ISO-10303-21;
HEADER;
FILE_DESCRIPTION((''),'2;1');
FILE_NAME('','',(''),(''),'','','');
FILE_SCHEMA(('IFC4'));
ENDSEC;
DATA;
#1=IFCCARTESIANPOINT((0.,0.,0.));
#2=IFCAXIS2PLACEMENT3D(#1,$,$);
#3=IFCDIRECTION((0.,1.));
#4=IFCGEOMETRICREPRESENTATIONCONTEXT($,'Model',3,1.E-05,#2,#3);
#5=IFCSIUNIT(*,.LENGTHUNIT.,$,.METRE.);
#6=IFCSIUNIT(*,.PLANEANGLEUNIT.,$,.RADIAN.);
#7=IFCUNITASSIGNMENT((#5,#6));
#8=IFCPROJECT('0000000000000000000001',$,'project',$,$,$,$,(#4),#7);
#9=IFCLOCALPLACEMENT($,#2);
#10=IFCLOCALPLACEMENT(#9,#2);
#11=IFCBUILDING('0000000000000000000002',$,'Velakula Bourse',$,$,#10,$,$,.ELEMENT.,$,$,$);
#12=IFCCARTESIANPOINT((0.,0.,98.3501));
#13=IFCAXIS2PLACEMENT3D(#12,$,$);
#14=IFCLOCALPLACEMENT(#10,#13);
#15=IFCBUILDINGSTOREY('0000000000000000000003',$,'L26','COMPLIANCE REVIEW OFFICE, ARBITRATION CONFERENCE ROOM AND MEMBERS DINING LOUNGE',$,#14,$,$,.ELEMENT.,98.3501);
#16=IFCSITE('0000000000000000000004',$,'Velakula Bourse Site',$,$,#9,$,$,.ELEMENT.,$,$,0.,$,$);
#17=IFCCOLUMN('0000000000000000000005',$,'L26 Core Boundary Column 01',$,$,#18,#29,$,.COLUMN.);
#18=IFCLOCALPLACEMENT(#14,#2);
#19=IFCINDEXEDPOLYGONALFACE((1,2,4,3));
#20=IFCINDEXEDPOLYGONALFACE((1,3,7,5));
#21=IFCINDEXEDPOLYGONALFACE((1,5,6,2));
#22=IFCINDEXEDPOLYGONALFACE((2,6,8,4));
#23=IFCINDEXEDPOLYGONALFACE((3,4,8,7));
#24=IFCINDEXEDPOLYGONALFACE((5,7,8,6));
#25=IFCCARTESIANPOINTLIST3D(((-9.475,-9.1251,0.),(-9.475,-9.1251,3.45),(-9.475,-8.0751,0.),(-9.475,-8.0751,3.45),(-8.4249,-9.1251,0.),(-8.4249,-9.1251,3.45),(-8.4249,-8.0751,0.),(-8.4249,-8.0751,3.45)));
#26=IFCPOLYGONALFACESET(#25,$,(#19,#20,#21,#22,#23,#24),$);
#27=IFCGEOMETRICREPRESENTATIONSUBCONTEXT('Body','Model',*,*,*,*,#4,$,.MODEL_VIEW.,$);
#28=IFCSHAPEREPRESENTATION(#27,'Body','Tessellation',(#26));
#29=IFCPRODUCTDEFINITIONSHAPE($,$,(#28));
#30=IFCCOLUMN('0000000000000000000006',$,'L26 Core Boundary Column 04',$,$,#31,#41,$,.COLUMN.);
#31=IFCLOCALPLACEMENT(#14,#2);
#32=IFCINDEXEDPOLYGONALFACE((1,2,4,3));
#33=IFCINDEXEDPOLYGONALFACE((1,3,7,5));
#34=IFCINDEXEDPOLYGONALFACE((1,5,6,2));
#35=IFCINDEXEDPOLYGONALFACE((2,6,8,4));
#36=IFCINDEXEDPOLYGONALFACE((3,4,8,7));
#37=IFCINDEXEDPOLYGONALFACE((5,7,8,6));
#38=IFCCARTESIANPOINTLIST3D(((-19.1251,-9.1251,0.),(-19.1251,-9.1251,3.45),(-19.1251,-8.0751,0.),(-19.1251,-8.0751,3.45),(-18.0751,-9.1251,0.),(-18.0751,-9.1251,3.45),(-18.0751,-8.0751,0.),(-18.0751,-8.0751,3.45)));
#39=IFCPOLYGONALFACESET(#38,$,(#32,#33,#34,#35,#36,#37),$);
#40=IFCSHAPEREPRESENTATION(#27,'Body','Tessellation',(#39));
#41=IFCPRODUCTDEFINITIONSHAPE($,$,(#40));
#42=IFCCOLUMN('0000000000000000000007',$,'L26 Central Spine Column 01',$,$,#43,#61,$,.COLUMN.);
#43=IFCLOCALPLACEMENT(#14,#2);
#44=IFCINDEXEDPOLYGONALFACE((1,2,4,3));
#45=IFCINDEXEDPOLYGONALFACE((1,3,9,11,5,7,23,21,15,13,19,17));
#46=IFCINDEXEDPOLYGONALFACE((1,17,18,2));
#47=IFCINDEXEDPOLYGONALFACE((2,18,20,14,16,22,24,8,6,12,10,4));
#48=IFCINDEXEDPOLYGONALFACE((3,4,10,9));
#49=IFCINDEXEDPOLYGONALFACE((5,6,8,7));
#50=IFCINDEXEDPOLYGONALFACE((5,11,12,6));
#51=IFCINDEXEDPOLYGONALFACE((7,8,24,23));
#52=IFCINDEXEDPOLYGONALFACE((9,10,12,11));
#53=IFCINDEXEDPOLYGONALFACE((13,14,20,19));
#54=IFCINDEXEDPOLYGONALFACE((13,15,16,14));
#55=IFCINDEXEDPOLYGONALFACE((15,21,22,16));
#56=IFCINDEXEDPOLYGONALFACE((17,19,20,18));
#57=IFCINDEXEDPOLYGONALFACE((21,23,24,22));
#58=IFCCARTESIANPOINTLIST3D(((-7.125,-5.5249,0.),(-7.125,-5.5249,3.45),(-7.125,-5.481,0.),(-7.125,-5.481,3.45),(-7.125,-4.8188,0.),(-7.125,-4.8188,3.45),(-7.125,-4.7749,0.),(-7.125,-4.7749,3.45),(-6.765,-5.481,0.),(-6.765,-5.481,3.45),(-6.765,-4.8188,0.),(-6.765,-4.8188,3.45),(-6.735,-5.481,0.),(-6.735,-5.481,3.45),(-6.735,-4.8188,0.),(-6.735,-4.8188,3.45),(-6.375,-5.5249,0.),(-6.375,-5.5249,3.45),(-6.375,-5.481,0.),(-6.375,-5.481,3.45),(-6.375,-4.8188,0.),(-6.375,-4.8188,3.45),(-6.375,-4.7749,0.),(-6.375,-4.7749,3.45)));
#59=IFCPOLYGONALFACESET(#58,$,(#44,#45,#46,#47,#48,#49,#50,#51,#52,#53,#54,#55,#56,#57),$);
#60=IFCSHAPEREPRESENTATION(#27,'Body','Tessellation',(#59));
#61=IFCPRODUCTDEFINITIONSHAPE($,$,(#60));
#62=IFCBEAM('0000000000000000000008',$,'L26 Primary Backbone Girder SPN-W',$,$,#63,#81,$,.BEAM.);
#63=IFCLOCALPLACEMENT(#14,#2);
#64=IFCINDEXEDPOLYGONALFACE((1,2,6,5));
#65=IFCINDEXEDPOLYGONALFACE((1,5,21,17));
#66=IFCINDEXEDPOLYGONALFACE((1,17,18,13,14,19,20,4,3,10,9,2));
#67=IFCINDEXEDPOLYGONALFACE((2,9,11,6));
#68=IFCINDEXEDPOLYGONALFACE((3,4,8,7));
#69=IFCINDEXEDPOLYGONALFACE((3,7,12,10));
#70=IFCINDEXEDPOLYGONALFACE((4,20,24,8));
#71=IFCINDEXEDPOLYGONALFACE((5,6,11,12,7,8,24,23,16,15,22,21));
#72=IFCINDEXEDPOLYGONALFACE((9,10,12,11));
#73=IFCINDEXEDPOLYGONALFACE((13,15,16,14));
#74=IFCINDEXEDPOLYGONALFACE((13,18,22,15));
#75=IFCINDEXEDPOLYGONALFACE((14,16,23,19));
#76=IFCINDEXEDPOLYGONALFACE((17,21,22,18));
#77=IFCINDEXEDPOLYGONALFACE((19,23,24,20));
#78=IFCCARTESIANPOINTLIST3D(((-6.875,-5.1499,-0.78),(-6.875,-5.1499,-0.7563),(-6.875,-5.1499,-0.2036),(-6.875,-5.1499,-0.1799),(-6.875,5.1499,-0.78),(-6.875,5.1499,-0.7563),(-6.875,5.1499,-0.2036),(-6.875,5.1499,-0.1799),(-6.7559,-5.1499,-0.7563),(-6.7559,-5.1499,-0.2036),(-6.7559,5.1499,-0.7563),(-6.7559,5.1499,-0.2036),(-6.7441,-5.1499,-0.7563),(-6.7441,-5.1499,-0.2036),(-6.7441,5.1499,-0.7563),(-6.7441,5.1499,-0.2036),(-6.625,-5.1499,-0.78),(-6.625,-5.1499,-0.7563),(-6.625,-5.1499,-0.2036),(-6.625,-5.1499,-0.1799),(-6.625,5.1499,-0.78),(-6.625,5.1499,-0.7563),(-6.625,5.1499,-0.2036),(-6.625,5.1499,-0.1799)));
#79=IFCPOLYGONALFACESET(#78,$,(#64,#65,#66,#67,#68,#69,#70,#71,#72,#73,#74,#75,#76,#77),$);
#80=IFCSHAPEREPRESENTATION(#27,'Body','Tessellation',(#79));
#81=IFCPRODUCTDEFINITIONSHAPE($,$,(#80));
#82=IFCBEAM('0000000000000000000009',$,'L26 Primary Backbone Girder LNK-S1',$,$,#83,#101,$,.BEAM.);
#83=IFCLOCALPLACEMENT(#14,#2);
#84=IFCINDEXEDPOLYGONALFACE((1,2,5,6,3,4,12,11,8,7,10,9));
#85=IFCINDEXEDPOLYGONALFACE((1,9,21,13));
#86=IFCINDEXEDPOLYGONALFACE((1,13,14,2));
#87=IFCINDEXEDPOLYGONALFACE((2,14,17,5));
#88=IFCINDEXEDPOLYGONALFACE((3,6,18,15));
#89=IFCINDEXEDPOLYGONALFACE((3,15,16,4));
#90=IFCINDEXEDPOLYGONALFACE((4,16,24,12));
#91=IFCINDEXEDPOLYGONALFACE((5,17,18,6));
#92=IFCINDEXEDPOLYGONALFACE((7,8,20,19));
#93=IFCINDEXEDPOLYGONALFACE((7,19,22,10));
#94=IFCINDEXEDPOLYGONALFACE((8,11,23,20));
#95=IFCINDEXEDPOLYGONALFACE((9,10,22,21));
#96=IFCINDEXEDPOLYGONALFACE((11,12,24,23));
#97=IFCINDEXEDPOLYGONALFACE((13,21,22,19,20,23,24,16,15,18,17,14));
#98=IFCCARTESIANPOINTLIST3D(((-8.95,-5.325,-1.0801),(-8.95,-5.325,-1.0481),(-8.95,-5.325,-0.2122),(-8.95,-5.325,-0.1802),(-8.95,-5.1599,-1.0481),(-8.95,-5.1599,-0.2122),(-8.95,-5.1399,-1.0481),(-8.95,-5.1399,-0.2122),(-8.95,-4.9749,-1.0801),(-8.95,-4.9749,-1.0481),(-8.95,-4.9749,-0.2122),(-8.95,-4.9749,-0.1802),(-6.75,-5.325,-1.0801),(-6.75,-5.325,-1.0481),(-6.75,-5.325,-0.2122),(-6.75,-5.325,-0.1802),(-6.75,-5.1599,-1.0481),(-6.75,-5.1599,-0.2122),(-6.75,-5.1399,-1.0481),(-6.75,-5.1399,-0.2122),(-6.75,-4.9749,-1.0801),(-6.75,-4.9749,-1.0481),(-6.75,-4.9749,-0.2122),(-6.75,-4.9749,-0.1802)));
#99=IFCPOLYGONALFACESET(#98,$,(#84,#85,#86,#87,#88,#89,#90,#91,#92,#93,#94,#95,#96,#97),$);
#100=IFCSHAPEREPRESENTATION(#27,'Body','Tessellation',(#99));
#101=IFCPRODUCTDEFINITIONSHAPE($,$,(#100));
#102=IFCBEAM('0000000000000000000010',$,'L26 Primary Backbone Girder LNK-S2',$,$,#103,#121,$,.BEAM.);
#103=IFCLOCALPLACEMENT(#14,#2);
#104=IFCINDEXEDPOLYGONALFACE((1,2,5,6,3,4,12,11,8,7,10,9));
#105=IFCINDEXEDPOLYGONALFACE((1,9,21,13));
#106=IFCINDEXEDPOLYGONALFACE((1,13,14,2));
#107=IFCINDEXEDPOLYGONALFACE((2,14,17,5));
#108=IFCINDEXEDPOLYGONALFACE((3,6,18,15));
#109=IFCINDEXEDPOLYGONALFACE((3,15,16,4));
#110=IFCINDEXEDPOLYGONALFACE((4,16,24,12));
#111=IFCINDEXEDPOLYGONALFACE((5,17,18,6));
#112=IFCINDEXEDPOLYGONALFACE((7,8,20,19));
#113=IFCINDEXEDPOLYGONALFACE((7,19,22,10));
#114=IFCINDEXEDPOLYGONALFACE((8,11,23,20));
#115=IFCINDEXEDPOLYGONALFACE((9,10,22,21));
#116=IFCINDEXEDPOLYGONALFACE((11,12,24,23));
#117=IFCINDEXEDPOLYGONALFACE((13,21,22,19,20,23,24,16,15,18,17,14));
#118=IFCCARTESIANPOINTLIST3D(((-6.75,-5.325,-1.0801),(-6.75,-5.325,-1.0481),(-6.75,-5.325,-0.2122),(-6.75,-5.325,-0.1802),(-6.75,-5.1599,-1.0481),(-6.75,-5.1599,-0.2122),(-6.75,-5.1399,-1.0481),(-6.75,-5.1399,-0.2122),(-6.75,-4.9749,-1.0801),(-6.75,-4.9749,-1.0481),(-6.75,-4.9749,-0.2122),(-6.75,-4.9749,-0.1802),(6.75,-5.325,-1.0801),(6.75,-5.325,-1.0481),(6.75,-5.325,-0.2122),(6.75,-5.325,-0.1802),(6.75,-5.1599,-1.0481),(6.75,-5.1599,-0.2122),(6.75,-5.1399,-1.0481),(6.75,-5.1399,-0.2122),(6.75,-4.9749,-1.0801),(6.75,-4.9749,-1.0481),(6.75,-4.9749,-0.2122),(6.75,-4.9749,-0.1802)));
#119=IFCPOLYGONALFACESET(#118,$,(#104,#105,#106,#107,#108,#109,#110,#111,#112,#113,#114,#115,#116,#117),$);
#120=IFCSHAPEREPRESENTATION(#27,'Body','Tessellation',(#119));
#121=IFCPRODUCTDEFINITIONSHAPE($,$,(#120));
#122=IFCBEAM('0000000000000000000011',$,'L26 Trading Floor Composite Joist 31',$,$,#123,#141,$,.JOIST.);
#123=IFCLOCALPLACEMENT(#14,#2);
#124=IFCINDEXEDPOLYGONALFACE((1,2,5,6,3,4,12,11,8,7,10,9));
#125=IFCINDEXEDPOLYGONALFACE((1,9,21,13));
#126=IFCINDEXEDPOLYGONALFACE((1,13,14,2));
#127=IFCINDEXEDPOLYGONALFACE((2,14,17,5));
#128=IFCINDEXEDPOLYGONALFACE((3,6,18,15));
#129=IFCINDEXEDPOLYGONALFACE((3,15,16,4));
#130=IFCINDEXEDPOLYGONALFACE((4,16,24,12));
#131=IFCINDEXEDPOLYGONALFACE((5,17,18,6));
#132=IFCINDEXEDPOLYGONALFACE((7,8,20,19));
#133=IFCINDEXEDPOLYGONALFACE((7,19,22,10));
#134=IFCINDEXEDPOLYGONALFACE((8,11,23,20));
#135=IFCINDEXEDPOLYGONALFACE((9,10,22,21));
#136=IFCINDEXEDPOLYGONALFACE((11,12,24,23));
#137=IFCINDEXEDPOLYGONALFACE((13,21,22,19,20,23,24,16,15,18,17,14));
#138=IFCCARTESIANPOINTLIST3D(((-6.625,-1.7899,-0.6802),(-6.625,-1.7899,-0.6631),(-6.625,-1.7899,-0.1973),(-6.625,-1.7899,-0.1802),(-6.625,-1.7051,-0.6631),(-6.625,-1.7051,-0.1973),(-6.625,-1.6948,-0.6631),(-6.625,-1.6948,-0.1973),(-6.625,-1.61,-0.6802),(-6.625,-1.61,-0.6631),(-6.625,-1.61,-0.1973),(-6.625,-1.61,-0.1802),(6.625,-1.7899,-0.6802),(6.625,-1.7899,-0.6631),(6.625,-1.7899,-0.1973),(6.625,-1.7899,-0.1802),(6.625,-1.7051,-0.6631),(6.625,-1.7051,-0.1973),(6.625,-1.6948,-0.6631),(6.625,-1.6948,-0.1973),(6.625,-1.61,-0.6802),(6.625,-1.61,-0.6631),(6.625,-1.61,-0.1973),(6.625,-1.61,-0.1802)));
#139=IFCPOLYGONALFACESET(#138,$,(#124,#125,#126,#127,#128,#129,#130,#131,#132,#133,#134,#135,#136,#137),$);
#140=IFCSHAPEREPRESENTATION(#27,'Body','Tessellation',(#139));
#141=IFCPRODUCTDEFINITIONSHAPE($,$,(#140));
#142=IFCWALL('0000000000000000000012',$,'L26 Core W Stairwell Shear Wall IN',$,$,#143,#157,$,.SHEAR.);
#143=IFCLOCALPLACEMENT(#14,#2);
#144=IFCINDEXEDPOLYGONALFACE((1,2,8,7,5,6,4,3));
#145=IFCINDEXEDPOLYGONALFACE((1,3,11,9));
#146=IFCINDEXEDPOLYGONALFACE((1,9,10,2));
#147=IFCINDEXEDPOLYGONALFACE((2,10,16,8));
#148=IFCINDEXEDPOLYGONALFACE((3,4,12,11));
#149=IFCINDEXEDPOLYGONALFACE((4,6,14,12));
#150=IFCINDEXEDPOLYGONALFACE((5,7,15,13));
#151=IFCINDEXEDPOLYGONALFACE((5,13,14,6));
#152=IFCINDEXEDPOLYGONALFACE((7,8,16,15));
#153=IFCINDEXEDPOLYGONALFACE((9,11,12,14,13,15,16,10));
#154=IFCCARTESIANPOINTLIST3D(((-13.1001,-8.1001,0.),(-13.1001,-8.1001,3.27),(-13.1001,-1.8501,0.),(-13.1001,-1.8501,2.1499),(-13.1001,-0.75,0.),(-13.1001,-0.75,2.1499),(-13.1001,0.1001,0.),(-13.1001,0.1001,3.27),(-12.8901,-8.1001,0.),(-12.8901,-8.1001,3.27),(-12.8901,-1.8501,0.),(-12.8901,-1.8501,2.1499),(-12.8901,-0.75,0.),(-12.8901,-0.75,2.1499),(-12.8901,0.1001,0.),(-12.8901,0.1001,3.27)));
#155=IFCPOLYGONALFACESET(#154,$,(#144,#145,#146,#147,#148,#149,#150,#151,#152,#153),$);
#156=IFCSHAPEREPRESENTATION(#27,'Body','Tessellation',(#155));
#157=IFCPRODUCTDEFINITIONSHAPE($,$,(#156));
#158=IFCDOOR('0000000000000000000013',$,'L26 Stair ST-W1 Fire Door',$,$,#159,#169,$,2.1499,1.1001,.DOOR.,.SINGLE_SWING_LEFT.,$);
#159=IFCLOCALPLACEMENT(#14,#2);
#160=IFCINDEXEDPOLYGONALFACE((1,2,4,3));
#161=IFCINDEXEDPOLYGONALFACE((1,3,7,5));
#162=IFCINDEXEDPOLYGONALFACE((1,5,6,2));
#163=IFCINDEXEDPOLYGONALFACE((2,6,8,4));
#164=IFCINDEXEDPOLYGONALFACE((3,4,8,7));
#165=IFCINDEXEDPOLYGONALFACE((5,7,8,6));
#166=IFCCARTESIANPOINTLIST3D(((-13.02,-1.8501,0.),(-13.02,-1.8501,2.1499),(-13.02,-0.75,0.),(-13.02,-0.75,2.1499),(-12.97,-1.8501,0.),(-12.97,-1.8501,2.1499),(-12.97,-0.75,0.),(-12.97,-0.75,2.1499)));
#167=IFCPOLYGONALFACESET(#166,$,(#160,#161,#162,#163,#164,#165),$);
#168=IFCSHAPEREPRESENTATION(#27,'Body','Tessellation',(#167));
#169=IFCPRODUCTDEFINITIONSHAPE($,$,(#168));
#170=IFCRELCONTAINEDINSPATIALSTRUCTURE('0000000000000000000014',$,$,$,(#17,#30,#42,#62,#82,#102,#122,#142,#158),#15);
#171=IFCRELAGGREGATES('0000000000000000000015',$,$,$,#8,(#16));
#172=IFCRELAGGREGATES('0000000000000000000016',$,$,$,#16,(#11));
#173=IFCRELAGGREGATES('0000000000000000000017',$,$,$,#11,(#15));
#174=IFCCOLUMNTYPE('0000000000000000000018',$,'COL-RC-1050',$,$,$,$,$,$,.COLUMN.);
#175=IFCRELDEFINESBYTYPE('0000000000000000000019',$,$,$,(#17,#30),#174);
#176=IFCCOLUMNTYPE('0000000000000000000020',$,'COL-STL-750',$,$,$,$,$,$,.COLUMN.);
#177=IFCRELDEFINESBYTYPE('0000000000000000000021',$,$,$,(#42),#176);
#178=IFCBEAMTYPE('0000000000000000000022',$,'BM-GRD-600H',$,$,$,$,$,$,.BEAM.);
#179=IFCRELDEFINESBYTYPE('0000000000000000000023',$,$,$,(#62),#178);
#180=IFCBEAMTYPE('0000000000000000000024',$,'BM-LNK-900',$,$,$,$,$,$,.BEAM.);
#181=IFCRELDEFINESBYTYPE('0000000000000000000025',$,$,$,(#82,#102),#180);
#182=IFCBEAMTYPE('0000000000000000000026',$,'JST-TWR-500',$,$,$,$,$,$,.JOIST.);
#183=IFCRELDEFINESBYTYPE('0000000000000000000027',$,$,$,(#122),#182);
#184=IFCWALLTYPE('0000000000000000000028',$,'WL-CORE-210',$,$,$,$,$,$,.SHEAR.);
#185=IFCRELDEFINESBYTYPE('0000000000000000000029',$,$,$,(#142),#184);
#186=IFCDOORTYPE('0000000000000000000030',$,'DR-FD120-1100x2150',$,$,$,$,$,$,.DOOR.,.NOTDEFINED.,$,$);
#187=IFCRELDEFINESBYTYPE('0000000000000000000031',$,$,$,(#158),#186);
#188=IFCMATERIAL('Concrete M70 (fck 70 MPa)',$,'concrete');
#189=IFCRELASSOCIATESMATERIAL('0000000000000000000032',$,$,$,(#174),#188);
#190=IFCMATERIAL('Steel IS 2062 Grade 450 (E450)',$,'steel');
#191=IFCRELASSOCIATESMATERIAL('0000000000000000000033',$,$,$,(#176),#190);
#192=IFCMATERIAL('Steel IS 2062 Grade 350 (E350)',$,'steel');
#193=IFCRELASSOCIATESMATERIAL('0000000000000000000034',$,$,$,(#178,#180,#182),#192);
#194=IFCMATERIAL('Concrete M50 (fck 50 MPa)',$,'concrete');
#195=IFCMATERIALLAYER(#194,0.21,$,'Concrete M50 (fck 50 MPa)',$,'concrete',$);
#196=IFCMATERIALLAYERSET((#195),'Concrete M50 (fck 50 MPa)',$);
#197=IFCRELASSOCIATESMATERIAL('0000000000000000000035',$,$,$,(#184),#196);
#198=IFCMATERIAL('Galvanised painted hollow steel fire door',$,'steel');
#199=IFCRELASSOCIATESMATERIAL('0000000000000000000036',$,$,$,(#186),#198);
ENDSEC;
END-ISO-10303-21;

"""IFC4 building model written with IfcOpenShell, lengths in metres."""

from ifc_helpers import new_model, si_unit, direction, frame, frame_2d, origin, origin_2d, place, context, subcontext, project, spatial, rectangle, i_section, extrude, material, layer, layer_set, material_profile, profile_set, type_object, element, fill, save


model = new_model("IFC4")

# Units and contexts
model_context = context("Model", 3, precision=1e-05, world=origin(), true_north=direction((0.0, 1.0)))
body_context = subcontext(model_context, "Body", "Model", "MODEL_VIEW")
ifc_project = project(units=[si_unit("LENGTHUNIT", "METRE"), si_unit("PLANEANGLEUNIT", "RADIAN")], contexts=[model_context])

# Site, building, storey
site_placement = place(None, origin())
site = spatial("IfcSite", under=ifc_project, at=site_placement, Name="Velakula Bourse Site", CompositionType="ELEMENT", RefElevation=0.0)
building_placement = place(site_placement, origin())
building = spatial("IfcBuilding", under=site, at=building_placement, Name="Velakula Bourse", CompositionType="ELEMENT")
storey_placement = place(building_placement, frame((0.0, 0.0, 98.3501)))
storey = spatial("IfcBuildingStorey", under=building, at=storey_placement, Name="L26", Description="COMPLIANCE REVIEW OFFICE, ARBITRATION CONFERENCE ROOM AND MEMBERS DINING LOUNGE", CompositionType="ELEMENT", Elevation=98.3501)

# Columns
ifc_material_1 = material(Name="Concrete M70 (fck 70 MPa)", Category="concrete")
ifc_material_profile_1 = material_profile(ifc_material_1, rectangle(XDim=1.05, YDim=1.05, at=origin_2d()), Name="Concrete M70 (fck 70 MPa)")
ifc_profile_set_1 = profile_set([ifc_material_profile_1], Name="Concrete M70 (fck 70 MPa)")
column_type_1 = type_object("IfcColumnType", Name="COL-RC-1050", PredefinedType="COLUMN", material=ifc_profile_set_1)
for number, where, z_axis, x_axis, name in (
    (1, (-8.95, -8.6001, 0.0), (0.0, 0.0, 1.0), (1.0, 0.0, 0.0), "L26 Core Boundary Column 01"),
    (2, (-18.6001, -8.6001, 0.0), (0.0, 0.0, 1.0), (1.0, 0.0, 0.0), "L26 Core Boundary Column 04"),
):
    element("IfcColumn", number, at=place(storey_placement, frame(where, z_axis=z_axis, x_axis=x_axis)), inside=storey, type_object=column_type_1, Name=name, PredefinedType="COLUMN", context=body_context, shape_type="SweptSolid", body=[
        extrude(rectangle(XDim=1.05, YDim=1.05, at=origin_2d()), origin(), (0.0, 0.0, 1.0), 3.45),
    ])
ifc_material_2 = material(Name="Steel IS 2062 Grade 450 (E450)", Category="steel")
ifc_material_profile_2 = material_profile(ifc_material_2, i_section(OverallWidth=0.75, OverallDepth=0.75, WebThickness=0.03, FlangeThickness=0.0439, at=origin_2d()), Name="Steel IS 2062 Grade 450 (E450)")
ifc_profile_set_2 = profile_set([ifc_material_profile_2], Name="Steel IS 2062 Grade 450 (E450)")
column_type_2 = type_object("IfcColumnType", Name="COL-STL-750", PredefinedType="COLUMN", material=ifc_profile_set_2)
column_placement = place(storey_placement, frame((-6.75, -5.1499, 0.0), z_axis=(0.0, 0.0, 1.0), x_axis=(1.0, 0.0, 0.0)))
element("IfcColumn", 3, at=column_placement, inside=storey, type_object=column_type_2, Name="L26 Central Spine Column 01", PredefinedType="COLUMN", context=body_context, shape_type="SweptSolid", body=[
    extrude(i_section(OverallWidth=0.75, OverallDepth=0.75, WebThickness=0.03, FlangeThickness=0.0439, at=origin_2d()), origin(), (0.0, 0.0, 1.0), 3.45),
])

# Beams
ifc_material_3 = material(Name="Steel IS 2062 Grade 350 (E350)", Category="steel")
ifc_material_profile_3 = material_profile(ifc_material_3, i_section(OverallWidth=0.25, OverallDepth=0.6001, WebThickness=0.0117, FlangeThickness=0.0237, at=origin_2d()), Name="Steel IS 2062 Grade 350 (E350)")
ifc_profile_set_3 = profile_set([ifc_material_profile_3], Name="Steel IS 2062 Grade 350 (E350)")
beam_type_1 = type_object("IfcBeamType", Name="BM-GRD-600H", PredefinedType="BEAM", material=ifc_profile_set_3)
beam_1_placement = place(storey_placement, frame((-6.75, -5.1499, -0.48), z_axis=(0.0, 1.0, 0.0), x_axis=(-1.0, 0.0, 0.0)))
element("IfcBeam", 4, at=beam_1_placement, inside=storey, type_object=beam_type_1, Name="L26 Primary Backbone Girder SPN-W", PredefinedType="BEAM", context=body_context, shape_type="SweptSolid", body=[
    extrude(i_section(OverallWidth=0.25, OverallDepth=0.6001, WebThickness=0.0117, FlangeThickness=0.0237, at=origin_2d()), origin(), (0.0, 0.0, 1.0), 10.2998),
])
ifc_material_profile_4 = material_profile(ifc_material_3, i_section(OverallWidth=0.3501, OverallDepth=0.8999, WebThickness=0.02, FlangeThickness=0.032, at=origin_2d()), Name="Steel IS 2062 Grade 350 (E350)")
ifc_profile_set_4 = profile_set([ifc_material_profile_4], Name="Steel IS 2062 Grade 350 (E350)")
beam_type_2 = type_object("IfcBeamType", Name="BM-LNK-900", PredefinedType="BEAM", material=ifc_profile_set_4)
beam_2_placement = place(storey_placement, frame((-8.95, -5.1499, -0.6301), z_axis=(1.0, 0.0, 0.0), x_axis=(0.0, 1.0, 0.0)))
element("IfcBeam", 5, at=beam_2_placement, inside=storey, type_object=beam_type_2, Name="L26 Primary Backbone Girder LNK-S1", PredefinedType="BEAM", context=body_context, shape_type="SweptSolid", body=[
    extrude(i_section(OverallWidth=0.3501, OverallDepth=0.8999, WebThickness=0.02, FlangeThickness=0.032, at=origin_2d()), origin(), (0.0, 0.0, 1.0), 2.2),
])
beam_3_placement = place(storey_placement, frame((-6.75, -5.1499, -0.6301), z_axis=(1.0, 0.0, 0.0), x_axis=(0.0, 1.0, 0.0)))
element("IfcBeam", 6, at=beam_3_placement, inside=storey, type_object=beam_type_2, Name="L26 Primary Backbone Girder LNK-S2", PredefinedType="BEAM", context=body_context, shape_type="SweptSolid", body=[
    extrude(i_section(OverallWidth=0.3501, OverallDepth=0.8999, WebThickness=0.02, FlangeThickness=0.032, at=origin_2d()), origin(), (0.0, 0.0, 1.0), 13.5),
])
ifc_material_profile_5 = material_profile(ifc_material_3, i_section(OverallWidth=0.1799, OverallDepth=0.5, WebThickness=0.0103, FlangeThickness=0.0171, at=origin_2d()), Name="Steel IS 2062 Grade 350 (E350)")
ifc_profile_set_5 = profile_set([ifc_material_profile_5], Name="Steel IS 2062 Grade 350 (E350)")
beam_type_3 = type_object("IfcBeamType", Name="JST-TWR-500", PredefinedType="JOIST", material=ifc_profile_set_5)
beam_4_placement = place(storey_placement, frame((-6.625, -1.7, -0.4302), z_axis=(1.0, 0.0, 0.0), x_axis=(0.0, 1.0, 0.0)))
element("IfcBeam", 7, at=beam_4_placement, inside=storey, type_object=beam_type_3, Name="L26 Trading Floor Composite Joist 31", PredefinedType="JOIST", context=body_context, shape_type="SweptSolid", body=[
    extrude(i_section(OverallWidth=0.1799, OverallDepth=0.5, WebThickness=0.0103, FlangeThickness=0.0171, at=origin_2d()), origin(), (0.0, 0.0, 1.0), 13.25),
])

# Wall, opening, door
ifc_material_4 = material(Name="Concrete M50 (fck 50 MPa)", Category="concrete")
ifc_layer_1 = layer(ifc_material_4, 0.21, Name="Concrete M50 (fck 50 MPa)", Category="concrete")
ifc_layer_set_1 = layer_set([ifc_layer_1], Name="Concrete M50 (fck 50 MPa)")
wall_type_1 = type_object("IfcWallType", Name="WL-CORE-210", PredefinedType="SHEAR", material=ifc_layer_set_1)
wall_1_placement = place(storey_placement, frame((-12.9951, -8.1001, 0.0), z_axis=(0.0, 0.0, 1.0), x_axis=(0.0, 1.0, 0.0)))
wall_1 = element("IfcWall", 8, at=wall_1_placement, inside=storey, type_object=wall_type_1, Name="L26 Core W Stairwell Shear Wall IN", PredefinedType="SHEAR", context=body_context, shape_type="SweptSolid", body=[
    extrude(rectangle(XDim=8.2002, YDim=0.21, at=frame_2d((4.1001, 0.0))), origin(), (0.0, 0.0, 1.0), 3.27),
])
opening_1_placement = place(wall_1_placement, frame((6.25, 0.0, 0.0)))
opening_1 = element("IfcOpeningElement", 9, at=opening_1_placement, cuts=wall_1, PredefinedType="OPENING", context=body_context, shape_type="SweptSolid", body=[
    extrude(rectangle(XDim=1.1001, YDim=2.1499, at=frame_2d((0.55, 1.075))), frame((0.0, 0.115, 0.0), z_axis=(0.0, -1.0, 0.0), x_axis=(1.0, 0.0, 0.0)), (0.0, 0.0, 1.0), 0.23),
])
ifc_material_5 = material(Name="Galvanised painted hollow steel fire door", Category="steel")
door_type_1 = type_object("IfcDoorType", Name="DR-FD120-1100x2150", OperationType="NOTDEFINED", PredefinedType="DOOR", material=ifc_material_5)
door_1_placement = place(opening_1_placement, origin())
door_1 = element("IfcDoor", 10, at=door_1_placement, inside=storey, type_object=door_type_1, Name="L26 Stair ST-W1 Fire Door", OperationType="SINGLE_SWING_LEFT", OverallHeight=2.1499, OverallWidth=1.1001, PredefinedType="DOOR", context=body_context, shape_type="SweptSolid", body=[
    extrude(rectangle(XDim=1.1001, YDim=2.1499, at=frame_2d((0.55, 1.075))), frame((0.0, 0.0249, 0.0), z_axis=(0.0, -1.0, 0.0), x_axis=(1.0, 0.0, 0.0)), (0.0, 0.0, 1.0), 0.05),
])
fill(opening_1, door_1)

save(model, "model.ifc")
